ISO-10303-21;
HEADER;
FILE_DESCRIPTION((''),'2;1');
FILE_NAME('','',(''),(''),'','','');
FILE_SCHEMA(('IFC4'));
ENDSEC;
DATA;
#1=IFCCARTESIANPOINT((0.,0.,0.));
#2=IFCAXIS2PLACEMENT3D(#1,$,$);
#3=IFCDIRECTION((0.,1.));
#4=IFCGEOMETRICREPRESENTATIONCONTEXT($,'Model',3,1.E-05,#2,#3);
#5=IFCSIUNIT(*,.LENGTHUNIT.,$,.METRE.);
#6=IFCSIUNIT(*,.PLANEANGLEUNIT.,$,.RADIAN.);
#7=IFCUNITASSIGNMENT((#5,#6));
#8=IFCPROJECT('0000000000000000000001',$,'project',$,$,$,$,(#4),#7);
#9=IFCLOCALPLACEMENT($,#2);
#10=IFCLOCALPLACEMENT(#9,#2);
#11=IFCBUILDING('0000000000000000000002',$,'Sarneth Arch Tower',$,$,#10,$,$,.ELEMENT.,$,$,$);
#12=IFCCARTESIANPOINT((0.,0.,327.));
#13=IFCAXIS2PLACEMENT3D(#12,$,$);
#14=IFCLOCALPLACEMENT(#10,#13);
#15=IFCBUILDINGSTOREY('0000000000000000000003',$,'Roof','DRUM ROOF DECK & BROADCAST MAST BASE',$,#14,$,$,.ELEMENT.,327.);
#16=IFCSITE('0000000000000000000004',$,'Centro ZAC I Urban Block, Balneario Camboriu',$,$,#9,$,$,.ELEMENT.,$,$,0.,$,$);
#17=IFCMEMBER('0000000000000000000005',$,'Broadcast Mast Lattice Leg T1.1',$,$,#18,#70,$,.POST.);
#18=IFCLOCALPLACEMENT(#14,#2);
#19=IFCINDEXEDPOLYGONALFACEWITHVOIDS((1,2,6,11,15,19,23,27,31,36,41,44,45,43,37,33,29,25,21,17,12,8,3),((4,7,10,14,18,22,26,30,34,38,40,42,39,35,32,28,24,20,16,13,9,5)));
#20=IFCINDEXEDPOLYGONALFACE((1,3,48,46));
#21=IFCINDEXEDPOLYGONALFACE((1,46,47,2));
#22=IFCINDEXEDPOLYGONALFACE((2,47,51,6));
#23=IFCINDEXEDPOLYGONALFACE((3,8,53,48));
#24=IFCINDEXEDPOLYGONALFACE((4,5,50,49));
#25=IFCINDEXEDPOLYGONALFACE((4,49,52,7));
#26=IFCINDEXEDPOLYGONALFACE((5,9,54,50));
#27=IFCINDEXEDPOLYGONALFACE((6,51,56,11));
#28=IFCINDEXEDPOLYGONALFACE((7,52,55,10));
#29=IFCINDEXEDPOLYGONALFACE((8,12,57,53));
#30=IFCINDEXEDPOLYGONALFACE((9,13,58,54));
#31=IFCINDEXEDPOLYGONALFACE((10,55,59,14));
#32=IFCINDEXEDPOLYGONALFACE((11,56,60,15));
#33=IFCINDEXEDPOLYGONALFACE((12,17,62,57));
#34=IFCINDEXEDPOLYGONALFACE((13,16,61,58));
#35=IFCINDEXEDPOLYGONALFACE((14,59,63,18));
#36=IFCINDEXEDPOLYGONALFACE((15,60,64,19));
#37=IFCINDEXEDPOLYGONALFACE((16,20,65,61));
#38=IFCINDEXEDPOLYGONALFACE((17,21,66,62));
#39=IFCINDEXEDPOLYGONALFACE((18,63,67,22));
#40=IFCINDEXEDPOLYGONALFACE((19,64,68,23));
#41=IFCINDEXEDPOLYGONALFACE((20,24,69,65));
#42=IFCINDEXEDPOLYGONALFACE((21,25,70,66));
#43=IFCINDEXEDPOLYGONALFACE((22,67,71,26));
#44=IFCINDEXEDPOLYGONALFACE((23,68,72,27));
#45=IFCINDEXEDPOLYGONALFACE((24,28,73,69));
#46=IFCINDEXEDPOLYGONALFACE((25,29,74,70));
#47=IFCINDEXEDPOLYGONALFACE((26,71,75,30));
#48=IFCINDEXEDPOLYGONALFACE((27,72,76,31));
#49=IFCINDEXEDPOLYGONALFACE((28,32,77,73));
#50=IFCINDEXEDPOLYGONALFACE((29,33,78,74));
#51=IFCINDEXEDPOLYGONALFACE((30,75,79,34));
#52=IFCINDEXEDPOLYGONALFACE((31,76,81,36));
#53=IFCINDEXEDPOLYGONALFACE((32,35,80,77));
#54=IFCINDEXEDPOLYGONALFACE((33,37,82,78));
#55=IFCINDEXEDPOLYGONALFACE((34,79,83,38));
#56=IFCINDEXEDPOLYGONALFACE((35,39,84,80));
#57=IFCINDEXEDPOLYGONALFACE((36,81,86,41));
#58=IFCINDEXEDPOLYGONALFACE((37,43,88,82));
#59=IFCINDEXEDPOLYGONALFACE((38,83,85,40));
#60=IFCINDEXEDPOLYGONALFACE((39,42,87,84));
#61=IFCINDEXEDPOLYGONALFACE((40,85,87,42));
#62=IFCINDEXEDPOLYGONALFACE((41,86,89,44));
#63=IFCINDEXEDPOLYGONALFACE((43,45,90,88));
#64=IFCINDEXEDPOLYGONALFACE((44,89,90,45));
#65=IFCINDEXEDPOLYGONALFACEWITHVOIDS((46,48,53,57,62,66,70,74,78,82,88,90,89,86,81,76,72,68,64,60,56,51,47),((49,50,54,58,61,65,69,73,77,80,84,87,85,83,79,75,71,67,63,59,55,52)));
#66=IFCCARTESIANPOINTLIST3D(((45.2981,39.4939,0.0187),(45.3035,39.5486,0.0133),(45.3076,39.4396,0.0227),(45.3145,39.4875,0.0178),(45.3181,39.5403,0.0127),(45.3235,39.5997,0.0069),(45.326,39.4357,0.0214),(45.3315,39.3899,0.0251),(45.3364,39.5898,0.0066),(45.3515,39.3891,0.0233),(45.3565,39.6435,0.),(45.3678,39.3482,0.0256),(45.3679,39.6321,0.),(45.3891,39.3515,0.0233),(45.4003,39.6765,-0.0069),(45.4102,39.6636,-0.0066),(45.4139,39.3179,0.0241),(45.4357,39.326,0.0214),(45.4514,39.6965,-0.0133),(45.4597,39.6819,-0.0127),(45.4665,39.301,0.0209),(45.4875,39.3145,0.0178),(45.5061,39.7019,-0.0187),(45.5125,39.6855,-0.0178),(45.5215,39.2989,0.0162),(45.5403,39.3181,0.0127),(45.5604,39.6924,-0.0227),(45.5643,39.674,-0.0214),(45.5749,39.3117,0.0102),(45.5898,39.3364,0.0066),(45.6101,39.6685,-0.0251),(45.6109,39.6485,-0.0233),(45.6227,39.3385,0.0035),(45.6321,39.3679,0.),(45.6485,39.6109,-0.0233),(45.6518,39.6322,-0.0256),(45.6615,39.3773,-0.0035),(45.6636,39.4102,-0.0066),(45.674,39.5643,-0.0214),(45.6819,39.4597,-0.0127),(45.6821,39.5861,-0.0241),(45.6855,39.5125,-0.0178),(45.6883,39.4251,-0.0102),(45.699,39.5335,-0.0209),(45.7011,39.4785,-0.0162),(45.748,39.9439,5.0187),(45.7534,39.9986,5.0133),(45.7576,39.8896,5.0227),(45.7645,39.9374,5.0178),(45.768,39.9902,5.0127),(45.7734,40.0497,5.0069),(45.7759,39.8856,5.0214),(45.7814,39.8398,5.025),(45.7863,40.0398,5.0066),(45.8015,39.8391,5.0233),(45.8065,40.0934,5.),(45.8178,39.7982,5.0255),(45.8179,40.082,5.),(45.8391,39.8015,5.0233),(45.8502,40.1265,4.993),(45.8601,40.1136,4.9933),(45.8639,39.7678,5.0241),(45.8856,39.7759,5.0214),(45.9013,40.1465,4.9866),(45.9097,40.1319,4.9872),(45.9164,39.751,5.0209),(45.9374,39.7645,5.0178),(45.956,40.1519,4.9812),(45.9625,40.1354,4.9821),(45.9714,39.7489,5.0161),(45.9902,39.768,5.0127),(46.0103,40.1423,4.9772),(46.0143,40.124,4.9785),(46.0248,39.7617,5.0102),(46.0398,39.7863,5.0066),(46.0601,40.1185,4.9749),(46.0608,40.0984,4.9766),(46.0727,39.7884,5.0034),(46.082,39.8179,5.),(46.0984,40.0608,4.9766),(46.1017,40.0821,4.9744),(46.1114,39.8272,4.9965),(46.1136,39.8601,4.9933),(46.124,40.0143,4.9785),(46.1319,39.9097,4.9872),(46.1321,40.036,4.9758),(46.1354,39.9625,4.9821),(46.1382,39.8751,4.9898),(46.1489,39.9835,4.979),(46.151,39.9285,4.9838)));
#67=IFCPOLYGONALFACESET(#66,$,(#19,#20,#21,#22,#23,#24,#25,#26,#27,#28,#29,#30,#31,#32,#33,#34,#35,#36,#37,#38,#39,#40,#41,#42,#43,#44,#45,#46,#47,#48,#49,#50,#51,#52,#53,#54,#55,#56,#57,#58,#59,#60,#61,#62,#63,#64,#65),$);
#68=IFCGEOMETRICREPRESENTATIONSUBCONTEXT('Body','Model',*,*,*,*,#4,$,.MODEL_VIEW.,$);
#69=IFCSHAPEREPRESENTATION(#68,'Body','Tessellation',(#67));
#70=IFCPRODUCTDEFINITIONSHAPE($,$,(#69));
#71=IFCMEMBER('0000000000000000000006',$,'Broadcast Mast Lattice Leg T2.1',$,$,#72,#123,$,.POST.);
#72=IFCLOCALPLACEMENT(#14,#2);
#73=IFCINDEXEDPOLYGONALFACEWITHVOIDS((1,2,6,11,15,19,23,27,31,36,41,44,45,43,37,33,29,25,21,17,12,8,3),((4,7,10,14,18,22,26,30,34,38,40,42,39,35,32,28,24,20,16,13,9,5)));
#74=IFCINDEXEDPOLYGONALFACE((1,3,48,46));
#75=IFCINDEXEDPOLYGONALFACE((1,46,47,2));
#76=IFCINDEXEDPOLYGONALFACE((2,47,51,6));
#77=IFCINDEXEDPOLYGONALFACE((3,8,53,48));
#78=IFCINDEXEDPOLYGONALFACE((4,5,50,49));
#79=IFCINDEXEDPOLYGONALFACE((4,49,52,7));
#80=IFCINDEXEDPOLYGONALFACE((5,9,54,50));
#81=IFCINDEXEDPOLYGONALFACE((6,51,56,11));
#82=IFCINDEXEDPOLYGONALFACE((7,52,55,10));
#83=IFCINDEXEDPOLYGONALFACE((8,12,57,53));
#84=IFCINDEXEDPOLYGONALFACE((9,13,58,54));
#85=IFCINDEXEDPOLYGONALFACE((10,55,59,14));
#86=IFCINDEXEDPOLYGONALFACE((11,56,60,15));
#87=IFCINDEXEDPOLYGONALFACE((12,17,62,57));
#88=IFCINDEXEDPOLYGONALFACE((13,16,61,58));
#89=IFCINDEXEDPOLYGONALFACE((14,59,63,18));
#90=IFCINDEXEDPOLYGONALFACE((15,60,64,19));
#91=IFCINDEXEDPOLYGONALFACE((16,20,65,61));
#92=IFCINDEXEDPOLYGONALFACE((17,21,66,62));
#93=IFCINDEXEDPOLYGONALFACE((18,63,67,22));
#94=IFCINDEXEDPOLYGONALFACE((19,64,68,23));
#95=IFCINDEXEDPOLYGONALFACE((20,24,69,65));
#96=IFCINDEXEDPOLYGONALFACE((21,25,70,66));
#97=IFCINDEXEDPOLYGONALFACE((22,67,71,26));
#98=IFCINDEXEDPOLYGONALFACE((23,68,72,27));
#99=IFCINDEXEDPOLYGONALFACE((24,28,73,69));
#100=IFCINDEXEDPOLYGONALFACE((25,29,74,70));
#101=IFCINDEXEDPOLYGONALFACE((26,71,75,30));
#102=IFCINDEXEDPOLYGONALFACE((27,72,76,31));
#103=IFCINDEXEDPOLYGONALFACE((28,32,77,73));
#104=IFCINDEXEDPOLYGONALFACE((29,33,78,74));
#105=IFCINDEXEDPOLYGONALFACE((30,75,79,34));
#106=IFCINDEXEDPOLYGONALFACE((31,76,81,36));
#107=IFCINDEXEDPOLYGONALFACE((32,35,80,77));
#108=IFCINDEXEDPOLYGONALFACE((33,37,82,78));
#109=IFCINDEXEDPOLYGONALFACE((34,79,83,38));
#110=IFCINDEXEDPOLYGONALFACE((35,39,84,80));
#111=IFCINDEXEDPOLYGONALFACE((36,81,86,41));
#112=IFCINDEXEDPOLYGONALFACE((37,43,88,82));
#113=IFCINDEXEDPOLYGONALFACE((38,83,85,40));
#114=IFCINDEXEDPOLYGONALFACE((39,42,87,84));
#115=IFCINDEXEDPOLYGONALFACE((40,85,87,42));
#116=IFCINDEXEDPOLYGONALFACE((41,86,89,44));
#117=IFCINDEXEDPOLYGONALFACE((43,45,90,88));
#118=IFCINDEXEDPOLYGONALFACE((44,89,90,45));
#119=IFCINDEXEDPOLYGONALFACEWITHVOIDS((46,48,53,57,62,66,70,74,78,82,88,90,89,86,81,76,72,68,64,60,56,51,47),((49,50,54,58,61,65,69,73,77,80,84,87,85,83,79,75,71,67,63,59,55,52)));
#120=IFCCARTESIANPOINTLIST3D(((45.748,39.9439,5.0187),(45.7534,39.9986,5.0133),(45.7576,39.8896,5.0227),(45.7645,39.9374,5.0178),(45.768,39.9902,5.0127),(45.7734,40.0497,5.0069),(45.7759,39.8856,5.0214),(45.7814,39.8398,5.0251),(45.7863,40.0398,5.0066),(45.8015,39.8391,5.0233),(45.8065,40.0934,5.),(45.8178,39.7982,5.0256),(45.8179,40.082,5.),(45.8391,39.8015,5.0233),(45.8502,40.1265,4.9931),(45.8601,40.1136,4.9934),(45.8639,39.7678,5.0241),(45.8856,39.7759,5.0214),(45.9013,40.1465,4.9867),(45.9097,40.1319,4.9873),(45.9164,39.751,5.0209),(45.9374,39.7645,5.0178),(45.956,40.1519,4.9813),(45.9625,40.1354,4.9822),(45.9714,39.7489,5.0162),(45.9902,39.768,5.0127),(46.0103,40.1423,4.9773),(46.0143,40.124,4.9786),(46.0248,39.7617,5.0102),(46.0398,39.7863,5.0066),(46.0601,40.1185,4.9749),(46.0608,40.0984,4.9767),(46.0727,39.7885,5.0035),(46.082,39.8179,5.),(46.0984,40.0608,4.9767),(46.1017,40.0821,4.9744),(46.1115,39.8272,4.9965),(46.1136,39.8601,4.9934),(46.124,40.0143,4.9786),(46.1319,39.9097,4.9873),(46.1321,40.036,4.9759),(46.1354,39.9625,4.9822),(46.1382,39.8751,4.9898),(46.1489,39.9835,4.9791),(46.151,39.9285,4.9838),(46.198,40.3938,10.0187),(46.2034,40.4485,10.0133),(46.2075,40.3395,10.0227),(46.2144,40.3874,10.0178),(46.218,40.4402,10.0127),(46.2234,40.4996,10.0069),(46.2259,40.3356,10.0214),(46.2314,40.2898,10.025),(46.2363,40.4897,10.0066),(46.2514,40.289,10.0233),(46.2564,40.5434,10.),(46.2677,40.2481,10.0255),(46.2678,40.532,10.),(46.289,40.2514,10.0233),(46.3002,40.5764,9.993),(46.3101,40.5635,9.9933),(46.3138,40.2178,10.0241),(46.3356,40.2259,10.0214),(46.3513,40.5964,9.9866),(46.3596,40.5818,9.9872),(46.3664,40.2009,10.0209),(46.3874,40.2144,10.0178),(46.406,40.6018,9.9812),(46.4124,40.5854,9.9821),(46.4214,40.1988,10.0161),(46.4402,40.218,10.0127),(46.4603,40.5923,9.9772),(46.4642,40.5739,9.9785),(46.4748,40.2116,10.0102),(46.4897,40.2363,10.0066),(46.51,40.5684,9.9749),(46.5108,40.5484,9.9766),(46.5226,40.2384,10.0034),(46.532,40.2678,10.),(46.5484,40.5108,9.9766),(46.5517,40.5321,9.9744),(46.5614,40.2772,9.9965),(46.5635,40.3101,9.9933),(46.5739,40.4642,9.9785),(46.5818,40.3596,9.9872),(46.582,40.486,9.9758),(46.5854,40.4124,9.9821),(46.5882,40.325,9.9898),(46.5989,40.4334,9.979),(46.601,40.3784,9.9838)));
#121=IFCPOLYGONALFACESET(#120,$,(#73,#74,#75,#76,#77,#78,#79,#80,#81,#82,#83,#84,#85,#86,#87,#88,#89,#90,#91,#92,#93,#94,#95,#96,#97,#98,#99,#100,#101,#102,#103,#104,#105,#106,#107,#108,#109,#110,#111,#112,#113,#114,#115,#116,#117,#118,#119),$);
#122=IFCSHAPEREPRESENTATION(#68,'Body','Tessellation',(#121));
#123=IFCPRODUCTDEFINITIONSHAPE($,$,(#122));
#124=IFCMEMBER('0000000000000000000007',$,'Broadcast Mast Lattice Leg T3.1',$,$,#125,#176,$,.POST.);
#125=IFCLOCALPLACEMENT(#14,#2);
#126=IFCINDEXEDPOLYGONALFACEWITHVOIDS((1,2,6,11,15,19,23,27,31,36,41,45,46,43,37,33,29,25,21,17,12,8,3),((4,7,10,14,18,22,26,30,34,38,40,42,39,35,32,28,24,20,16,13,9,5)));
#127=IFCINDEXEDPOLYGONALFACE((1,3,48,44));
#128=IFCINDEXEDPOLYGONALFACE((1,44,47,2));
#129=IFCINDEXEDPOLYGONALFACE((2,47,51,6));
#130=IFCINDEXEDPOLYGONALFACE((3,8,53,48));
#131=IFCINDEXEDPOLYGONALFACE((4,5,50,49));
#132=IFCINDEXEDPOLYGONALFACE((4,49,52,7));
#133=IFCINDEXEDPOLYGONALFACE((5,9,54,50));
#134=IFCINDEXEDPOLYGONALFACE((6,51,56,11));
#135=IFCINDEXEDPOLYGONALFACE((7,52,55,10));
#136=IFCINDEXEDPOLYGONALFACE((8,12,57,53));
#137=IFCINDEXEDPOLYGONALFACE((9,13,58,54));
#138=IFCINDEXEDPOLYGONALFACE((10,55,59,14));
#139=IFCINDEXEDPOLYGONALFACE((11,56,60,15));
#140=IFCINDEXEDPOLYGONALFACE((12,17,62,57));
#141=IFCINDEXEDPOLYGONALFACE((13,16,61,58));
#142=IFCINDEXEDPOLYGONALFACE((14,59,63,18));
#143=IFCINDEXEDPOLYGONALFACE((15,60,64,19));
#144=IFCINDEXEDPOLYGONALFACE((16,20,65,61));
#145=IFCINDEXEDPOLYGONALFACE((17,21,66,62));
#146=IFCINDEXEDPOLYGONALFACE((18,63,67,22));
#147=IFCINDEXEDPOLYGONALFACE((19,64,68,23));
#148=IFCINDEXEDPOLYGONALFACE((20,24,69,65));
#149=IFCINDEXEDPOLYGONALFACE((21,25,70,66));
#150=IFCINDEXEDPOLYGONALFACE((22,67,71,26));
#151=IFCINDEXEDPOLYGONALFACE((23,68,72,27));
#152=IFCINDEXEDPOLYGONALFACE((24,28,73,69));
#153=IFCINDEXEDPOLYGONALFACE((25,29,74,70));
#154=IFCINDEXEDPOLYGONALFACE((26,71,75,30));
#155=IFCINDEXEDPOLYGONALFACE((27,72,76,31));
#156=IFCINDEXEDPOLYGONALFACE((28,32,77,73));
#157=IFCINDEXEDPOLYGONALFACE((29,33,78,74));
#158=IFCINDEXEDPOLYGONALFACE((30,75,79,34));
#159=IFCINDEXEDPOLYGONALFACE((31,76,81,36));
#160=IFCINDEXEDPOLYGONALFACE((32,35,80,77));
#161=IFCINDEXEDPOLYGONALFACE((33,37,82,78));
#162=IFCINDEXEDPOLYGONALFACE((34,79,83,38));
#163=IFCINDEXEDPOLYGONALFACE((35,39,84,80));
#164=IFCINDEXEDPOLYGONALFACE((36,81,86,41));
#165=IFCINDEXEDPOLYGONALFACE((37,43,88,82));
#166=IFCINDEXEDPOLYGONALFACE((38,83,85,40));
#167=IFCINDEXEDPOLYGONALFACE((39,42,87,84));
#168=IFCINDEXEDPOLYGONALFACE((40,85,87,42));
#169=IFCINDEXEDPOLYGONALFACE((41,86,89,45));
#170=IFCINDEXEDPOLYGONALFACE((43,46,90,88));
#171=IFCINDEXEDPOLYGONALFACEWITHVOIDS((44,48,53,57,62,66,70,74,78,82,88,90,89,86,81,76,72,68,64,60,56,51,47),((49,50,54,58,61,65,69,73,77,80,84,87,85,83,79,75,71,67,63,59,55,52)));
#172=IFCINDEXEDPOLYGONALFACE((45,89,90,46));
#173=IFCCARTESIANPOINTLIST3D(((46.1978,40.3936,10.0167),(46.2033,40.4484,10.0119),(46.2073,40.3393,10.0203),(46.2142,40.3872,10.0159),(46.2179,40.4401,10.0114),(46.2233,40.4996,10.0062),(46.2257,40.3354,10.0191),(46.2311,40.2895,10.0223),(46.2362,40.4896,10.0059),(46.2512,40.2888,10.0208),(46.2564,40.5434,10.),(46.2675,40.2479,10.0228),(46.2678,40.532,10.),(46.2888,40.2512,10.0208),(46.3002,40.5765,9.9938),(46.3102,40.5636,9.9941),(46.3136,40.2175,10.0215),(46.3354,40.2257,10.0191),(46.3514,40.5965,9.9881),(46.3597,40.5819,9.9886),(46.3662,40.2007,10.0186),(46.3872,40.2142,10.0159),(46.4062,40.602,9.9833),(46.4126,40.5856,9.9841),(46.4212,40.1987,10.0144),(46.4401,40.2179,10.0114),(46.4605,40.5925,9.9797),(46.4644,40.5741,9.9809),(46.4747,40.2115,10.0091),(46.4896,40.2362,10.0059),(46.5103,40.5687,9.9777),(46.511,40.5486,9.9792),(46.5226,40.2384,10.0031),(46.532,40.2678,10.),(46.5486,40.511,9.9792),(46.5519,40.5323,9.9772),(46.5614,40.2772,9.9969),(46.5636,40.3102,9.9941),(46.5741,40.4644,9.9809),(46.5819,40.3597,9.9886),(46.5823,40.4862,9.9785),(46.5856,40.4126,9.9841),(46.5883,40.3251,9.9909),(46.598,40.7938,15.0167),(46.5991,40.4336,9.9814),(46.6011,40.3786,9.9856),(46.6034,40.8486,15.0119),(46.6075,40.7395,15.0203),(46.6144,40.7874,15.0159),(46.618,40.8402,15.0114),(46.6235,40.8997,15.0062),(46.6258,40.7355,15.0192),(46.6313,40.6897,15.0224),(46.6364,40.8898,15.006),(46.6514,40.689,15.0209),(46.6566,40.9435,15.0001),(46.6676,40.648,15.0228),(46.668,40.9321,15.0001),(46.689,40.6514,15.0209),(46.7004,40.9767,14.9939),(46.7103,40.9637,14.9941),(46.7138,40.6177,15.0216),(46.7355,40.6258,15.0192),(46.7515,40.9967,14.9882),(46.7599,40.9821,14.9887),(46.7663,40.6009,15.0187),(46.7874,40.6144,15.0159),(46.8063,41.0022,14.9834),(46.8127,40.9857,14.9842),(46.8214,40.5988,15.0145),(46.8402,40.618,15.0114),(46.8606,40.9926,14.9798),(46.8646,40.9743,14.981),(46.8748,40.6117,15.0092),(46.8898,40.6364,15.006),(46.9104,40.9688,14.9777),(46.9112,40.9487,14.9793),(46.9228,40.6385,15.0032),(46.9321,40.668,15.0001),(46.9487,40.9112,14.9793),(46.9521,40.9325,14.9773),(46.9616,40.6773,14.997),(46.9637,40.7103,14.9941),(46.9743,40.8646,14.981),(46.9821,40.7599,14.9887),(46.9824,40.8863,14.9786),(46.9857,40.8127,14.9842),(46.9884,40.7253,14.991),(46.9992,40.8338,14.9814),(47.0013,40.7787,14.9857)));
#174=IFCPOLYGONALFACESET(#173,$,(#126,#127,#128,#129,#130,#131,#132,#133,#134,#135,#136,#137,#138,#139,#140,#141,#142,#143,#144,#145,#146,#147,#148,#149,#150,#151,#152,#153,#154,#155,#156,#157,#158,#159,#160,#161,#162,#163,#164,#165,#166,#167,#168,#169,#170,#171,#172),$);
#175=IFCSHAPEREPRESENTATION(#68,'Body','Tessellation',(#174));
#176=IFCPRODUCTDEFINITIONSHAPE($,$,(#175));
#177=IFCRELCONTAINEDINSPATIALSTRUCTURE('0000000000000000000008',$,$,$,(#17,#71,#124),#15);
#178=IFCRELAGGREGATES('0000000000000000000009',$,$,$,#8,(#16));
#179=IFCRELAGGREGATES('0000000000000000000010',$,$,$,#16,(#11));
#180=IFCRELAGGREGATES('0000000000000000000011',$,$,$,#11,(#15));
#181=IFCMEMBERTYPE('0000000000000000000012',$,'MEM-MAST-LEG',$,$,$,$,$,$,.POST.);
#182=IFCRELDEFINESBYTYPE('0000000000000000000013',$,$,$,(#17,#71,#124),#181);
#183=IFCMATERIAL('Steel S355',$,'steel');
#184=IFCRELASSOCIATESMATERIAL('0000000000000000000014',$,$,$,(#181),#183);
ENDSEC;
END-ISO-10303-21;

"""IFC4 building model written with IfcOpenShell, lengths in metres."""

from ifc_helpers import new_model, si_unit, direction, frame, origin, origin_2d, place, context, subcontext, project, spatial, hollow_circle, extrude, material, material_profile, profile_set, type_object, element, save


model = new_model("IFC4")

# Units and contexts
model_context = context("Model", 3, precision=1e-05, world=origin(), true_north=direction((0.0, 1.0)))
body_context = subcontext(model_context, "Body", "Model", "MODEL_VIEW")
ifc_project = project(units=[si_unit("LENGTHUNIT", "METRE"), si_unit("PLANEANGLEUNIT", "RADIAN")], contexts=[model_context])

# Site, building, storey
site_placement = place(None, origin())
site = spatial("IfcSite", under=ifc_project, at=site_placement, Name="Centro ZAC I Urban Block, Balneario Camboriu", CompositionType="ELEMENT", RefElevation=0.0)
building_placement = place(site_placement, origin())
building = spatial("IfcBuilding", under=site, at=building_placement, Name="Sarneth Arch Tower", CompositionType="ELEMENT")
storey_placement = place(building_placement, frame((0.0, 0.0, 327.0)))
storey = spatial("IfcBuildingStorey", under=building, at=storey_placement, Name="Roof", Description="DRUM ROOF DECK & BROADCAST MAST BASE", CompositionType="ELEMENT", Elevation=327.0)

# Members
ifc_material_1 = material(Name="Steel S355", Category="steel")
ifc_material_profile_1 = material_profile(ifc_material_1, hollow_circle(Radius=0.2029, WallThickness=0.0161, at=origin_2d()), Name="CHS406x16")
ifc_profile_set_1 = profile_set([ifc_material_profile_1], Name="Steel S355")
member_type_1 = type_object("IfcMemberType", Name="MEM-MAST-LEG", PredefinedType="POST", material=ifc_profile_set_1)
for number, where, z_axis, x_axis, name in (
    (1, (45.5, 39.5, 0.0), (0.08927, 0.08927, 0.991999), (-0.707107, 0.707107, 0.0), "Broadcast Mast Lattice Leg T1.1"),
    (2, (45.95, 39.95, 5.0), (0.08927, 0.08927, 0.991999), (-0.707107, 0.707107, 0.0), "Broadcast Mast Lattice Leg T2.1"),
):
    element("IfcMember", number, at=place(storey_placement, frame(where, z_axis=z_axis, x_axis=x_axis)), inside=storey, type_object=member_type_1, Name=name, PredefinedType="POST", context=body_context, shape_type="SweptSolid", body=[
        extrude(hollow_circle(Radius=0.2029, WallThickness=0.0161, at=origin_2d()), origin(), (0.0, 0.0, 1.0), 5.0403),
    ])
member_1_placement = place(storey_placement, frame((46.3999, 40.3999, 10.0), z_axis=(0.079522, 0.079522, 0.993656), x_axis=(-0.707107, 0.707107, 0.0)))
element("IfcMember", 3, at=member_1_placement, inside=storey, type_object=member_type_1, Name="Broadcast Mast Lattice Leg T3.1", PredefinedType="POST", context=body_context, shape_type="SweptSolid", body=[
    extrude(hollow_circle(Radius=0.2029, WallThickness=0.0161, at=origin_2d()), origin(), (0.0, 0.0, 1.0), 5.032),
])

save(model, "model.ifc")
